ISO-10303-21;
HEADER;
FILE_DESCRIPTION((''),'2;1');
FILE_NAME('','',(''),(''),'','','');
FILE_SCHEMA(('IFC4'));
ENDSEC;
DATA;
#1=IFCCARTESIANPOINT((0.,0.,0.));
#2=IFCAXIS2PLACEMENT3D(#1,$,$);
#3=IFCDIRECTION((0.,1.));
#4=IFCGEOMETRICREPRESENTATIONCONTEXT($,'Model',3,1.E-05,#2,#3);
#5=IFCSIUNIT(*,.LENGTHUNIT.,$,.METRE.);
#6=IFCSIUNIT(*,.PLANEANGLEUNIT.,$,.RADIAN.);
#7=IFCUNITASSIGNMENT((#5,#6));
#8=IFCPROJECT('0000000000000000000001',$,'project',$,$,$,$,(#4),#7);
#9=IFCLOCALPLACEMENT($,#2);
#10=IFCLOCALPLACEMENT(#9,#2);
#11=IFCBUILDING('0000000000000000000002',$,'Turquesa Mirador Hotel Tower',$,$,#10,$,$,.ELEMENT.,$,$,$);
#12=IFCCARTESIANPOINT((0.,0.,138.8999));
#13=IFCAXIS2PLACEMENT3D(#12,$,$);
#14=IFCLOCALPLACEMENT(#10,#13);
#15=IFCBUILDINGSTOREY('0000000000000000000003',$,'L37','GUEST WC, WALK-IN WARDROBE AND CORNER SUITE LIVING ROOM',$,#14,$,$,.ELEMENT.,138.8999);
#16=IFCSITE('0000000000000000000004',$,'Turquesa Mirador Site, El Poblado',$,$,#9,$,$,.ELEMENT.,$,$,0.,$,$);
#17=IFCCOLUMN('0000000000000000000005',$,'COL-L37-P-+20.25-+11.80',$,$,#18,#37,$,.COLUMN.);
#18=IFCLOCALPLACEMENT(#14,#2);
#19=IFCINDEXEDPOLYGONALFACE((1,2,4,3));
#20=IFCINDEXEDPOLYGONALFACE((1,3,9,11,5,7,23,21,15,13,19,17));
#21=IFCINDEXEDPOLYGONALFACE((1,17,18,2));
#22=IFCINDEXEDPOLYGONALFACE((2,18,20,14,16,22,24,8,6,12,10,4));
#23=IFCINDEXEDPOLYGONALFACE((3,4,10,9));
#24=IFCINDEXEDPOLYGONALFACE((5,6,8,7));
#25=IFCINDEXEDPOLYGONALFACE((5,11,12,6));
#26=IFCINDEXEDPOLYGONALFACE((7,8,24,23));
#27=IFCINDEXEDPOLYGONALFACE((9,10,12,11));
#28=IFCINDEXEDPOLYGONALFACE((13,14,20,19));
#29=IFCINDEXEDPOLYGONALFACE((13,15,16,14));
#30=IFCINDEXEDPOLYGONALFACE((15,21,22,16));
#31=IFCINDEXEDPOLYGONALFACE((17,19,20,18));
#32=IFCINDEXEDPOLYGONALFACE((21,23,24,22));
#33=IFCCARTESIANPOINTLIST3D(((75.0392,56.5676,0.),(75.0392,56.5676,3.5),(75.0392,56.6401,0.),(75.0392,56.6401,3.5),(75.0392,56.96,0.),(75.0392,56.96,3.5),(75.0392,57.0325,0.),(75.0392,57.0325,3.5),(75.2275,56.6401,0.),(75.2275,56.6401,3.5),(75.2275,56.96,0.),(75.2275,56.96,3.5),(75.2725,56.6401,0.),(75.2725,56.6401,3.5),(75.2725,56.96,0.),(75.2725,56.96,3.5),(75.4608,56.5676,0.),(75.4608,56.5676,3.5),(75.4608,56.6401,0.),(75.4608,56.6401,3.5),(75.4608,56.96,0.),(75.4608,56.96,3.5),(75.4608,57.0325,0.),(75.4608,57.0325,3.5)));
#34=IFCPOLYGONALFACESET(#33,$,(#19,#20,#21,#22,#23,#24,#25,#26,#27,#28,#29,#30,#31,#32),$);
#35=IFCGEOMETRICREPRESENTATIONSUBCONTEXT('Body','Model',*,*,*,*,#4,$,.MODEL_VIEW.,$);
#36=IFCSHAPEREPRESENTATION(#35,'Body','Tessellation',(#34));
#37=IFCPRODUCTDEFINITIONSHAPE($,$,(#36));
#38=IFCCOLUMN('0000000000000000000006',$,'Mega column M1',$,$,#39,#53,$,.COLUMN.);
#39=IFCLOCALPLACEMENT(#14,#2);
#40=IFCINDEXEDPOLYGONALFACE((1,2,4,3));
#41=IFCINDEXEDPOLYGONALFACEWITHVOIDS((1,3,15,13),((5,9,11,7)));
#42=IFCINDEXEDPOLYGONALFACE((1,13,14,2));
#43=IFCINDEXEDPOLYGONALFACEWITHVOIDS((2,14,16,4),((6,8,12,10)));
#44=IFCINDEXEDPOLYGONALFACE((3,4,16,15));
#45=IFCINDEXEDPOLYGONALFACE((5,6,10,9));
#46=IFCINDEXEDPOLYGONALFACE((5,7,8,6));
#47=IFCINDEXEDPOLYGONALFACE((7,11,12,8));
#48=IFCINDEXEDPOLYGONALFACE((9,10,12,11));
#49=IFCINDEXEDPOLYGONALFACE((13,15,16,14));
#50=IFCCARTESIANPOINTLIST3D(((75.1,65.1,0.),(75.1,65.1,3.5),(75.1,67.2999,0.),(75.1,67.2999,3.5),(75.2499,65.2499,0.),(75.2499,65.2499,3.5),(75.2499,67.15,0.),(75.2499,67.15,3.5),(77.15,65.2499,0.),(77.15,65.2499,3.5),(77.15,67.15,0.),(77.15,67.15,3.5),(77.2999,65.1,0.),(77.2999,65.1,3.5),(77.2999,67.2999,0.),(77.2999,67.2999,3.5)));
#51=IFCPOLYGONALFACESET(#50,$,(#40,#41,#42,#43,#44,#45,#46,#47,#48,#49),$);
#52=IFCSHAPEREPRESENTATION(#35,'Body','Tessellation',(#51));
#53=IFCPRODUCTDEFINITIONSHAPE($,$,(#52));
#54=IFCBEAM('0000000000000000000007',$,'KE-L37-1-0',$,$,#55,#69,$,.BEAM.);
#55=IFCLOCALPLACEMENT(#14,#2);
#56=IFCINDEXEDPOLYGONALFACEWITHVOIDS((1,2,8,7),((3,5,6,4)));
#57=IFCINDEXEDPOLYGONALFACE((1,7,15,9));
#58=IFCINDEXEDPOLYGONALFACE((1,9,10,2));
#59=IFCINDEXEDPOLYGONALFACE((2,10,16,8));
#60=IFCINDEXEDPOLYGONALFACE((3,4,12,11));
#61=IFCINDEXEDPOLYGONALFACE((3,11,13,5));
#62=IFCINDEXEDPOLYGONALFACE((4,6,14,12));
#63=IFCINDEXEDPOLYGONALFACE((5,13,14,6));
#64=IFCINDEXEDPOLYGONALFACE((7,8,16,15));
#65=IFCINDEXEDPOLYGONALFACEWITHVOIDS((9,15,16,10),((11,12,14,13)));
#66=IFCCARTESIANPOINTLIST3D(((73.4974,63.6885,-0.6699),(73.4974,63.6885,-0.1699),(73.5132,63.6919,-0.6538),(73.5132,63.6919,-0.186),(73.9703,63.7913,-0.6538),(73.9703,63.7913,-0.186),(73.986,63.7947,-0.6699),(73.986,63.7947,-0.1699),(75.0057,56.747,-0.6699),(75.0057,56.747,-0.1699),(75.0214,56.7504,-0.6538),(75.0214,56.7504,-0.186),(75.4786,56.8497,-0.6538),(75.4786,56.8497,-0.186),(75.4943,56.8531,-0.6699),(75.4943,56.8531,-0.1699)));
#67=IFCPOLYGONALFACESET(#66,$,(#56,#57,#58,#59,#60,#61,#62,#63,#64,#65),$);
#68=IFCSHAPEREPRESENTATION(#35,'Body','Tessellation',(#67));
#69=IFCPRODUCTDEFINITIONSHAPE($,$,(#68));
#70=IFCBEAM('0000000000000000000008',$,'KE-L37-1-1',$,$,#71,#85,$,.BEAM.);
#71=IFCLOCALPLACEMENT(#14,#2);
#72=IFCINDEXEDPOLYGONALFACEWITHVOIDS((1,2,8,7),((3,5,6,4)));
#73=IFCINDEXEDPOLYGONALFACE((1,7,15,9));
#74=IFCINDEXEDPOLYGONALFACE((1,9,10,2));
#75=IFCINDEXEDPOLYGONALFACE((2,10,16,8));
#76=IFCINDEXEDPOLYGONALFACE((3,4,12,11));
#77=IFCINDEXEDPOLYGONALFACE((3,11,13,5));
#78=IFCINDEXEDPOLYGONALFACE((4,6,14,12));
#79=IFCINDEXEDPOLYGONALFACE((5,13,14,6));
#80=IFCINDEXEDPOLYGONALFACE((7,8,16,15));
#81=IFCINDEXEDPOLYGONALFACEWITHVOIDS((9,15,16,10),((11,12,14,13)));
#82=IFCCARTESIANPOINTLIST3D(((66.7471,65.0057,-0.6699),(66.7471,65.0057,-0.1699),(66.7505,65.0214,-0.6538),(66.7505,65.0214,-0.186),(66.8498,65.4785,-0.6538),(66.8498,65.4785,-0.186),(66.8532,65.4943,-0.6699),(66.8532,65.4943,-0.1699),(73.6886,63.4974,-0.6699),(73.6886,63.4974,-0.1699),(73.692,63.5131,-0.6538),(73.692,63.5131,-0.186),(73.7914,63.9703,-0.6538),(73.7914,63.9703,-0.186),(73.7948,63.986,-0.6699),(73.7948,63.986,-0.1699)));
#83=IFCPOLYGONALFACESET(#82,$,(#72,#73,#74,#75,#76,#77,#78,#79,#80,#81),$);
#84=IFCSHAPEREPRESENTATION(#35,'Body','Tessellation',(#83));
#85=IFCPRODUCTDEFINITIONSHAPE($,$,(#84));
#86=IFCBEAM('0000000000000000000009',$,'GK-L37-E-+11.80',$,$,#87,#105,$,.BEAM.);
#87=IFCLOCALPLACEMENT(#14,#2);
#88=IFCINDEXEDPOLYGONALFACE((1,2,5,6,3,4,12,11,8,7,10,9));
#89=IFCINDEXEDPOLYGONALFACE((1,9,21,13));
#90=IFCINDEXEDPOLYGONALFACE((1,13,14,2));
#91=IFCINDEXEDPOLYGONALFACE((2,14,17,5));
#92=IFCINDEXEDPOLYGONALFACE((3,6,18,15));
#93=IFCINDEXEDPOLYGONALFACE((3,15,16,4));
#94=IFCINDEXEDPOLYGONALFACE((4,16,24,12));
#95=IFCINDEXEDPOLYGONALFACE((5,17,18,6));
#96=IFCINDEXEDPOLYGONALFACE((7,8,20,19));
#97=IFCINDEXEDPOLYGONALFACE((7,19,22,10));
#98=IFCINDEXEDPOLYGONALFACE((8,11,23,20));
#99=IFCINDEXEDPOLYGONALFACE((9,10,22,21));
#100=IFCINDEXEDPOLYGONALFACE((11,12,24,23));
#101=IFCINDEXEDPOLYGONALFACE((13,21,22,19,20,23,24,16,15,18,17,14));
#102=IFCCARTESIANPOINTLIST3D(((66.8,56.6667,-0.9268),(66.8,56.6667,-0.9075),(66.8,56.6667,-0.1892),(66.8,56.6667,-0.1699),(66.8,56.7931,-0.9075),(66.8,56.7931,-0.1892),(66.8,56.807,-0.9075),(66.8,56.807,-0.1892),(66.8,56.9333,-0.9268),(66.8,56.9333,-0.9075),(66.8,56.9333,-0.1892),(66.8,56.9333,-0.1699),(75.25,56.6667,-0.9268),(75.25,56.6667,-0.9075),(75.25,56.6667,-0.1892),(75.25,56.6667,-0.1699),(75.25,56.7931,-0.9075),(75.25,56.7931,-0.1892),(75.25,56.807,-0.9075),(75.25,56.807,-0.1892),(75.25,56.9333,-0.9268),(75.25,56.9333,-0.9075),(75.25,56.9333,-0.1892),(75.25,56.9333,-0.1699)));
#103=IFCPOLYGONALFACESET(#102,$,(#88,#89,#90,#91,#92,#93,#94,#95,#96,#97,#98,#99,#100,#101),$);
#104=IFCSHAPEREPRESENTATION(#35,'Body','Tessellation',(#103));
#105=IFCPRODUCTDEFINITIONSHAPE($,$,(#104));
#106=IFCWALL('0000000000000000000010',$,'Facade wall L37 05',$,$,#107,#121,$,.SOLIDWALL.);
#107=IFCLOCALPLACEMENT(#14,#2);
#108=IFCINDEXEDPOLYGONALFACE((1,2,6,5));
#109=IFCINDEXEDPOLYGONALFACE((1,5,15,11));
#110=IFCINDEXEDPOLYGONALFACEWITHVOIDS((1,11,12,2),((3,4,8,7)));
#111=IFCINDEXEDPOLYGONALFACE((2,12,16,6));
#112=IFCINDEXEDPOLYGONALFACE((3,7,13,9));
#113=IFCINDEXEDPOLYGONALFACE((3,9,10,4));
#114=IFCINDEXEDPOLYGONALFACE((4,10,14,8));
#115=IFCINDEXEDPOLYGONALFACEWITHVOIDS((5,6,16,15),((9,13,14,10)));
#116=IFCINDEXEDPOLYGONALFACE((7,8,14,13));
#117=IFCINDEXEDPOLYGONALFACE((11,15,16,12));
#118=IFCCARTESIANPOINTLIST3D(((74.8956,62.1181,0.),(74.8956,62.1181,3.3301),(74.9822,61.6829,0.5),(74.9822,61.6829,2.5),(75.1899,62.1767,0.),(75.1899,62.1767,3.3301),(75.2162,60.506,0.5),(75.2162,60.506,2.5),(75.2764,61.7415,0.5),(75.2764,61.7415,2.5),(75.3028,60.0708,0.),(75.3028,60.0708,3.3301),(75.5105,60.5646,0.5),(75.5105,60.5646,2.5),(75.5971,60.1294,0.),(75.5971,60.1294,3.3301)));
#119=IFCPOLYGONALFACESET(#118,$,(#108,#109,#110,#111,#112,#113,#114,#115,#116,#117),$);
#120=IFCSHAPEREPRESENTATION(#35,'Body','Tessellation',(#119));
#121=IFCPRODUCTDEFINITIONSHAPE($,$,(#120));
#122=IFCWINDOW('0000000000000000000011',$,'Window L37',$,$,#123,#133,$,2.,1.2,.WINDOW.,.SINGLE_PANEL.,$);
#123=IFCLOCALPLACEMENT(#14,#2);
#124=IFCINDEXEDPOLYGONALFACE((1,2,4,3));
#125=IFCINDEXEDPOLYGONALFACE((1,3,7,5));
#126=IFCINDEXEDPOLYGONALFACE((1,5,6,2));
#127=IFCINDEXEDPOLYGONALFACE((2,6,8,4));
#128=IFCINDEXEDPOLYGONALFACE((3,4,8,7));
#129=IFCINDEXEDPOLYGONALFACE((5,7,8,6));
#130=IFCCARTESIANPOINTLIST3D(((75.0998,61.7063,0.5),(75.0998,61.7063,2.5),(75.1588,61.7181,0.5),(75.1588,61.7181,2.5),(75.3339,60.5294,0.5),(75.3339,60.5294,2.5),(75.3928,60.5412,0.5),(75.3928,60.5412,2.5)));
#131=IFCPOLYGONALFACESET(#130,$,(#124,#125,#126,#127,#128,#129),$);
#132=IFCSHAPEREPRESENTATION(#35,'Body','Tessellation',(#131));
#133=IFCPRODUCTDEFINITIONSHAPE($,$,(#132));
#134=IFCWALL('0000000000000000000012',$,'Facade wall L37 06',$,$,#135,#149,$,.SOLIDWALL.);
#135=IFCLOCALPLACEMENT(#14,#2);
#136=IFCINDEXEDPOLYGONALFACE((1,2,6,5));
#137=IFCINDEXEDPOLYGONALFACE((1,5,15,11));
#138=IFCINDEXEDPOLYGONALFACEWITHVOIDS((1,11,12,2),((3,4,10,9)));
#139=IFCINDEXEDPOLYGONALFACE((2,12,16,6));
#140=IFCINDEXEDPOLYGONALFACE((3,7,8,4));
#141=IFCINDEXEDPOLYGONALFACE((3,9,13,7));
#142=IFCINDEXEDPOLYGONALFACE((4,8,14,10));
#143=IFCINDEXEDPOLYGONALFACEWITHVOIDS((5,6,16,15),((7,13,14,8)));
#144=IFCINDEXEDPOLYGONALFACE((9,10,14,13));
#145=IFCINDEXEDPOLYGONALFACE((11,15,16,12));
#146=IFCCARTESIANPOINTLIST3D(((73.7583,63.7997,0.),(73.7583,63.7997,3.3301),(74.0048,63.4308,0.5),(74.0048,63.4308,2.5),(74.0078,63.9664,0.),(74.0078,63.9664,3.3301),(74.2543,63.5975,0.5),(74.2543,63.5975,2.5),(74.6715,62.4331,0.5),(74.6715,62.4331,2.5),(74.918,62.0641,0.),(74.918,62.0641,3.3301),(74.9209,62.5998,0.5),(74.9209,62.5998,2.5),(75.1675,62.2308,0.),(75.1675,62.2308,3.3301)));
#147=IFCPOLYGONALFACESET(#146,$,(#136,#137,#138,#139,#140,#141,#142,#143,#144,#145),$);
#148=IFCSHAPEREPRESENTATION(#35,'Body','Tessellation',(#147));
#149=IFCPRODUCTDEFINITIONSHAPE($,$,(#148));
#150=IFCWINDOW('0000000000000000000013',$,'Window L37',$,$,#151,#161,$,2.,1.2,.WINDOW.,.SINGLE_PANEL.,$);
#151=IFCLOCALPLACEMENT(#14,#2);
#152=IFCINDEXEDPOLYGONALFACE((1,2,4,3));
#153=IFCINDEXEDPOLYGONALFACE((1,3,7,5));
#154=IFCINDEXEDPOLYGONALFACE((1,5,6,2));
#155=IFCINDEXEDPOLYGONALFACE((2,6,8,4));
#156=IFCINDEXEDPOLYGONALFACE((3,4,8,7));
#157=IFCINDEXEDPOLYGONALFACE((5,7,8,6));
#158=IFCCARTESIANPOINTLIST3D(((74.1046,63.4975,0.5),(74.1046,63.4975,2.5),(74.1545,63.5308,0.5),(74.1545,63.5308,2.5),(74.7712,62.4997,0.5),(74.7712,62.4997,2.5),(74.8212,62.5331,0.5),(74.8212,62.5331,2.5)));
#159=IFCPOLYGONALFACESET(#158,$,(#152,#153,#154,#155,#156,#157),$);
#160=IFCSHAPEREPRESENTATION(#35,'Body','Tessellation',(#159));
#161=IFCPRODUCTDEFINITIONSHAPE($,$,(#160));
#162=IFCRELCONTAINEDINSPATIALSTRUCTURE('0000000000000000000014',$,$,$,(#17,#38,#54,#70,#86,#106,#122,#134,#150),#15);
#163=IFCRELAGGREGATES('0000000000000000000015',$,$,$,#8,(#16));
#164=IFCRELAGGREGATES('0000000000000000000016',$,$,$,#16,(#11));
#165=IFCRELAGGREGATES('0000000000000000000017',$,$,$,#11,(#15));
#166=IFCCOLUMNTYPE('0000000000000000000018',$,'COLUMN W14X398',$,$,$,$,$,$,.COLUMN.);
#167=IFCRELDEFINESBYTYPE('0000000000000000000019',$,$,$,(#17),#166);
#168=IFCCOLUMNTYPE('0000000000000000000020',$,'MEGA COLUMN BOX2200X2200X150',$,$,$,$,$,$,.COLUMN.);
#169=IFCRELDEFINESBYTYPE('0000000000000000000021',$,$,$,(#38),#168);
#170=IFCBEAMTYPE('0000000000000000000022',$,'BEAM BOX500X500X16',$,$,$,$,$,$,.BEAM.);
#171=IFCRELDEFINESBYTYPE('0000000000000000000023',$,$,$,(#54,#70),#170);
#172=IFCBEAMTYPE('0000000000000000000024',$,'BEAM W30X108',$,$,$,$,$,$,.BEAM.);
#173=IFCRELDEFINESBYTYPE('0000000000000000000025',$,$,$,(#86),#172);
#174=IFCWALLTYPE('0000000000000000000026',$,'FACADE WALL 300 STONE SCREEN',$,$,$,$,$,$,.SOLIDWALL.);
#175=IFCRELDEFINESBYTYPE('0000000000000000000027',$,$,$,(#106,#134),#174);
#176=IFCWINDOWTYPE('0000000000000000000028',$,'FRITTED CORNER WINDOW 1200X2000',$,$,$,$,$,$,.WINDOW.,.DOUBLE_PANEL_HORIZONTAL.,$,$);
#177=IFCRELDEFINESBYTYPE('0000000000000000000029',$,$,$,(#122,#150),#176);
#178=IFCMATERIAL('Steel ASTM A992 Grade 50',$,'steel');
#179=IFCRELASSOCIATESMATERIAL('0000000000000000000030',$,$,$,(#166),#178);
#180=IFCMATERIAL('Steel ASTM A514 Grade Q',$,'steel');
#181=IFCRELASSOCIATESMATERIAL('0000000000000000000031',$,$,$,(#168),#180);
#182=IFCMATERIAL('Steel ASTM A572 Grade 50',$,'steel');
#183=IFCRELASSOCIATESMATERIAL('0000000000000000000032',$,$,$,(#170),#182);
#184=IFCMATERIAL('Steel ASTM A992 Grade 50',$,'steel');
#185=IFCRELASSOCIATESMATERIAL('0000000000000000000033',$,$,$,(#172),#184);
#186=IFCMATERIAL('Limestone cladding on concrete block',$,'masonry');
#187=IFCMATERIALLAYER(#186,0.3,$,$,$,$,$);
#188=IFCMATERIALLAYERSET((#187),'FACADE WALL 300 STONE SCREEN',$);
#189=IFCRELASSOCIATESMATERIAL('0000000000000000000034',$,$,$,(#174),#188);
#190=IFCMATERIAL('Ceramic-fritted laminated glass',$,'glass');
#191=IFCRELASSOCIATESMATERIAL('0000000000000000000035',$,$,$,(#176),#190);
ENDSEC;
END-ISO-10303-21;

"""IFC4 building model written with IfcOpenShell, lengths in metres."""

from ifc_helpers import new_model, si_unit, direction, frame, frame_2d, origin, origin_2d, place, context, subcontext, project, spatial, rectangle, hollow_rectangle, i_section, extrude, material, layer, layer_set, material_profile, profile_set, type_object, element, fill, save


model = new_model("IFC4")

# Units and contexts
model_context = context("Model", 3, precision=1e-05, world=origin(), true_north=direction((0.0, 1.0)))
body_context = subcontext(model_context, "Body", "Model", "MODEL_VIEW")
ifc_project = project(units=[si_unit("LENGTHUNIT", "METRE"), si_unit("PLANEANGLEUNIT", "RADIAN")], contexts=[model_context])

# Site, building, storey
site_placement = place(None, origin())
site = spatial("IfcSite", under=ifc_project, at=site_placement, Name="Turquesa Mirador Site, El Poblado", CompositionType="ELEMENT", RefElevation=0.0)
building_placement = place(site_placement, origin())
building = spatial("IfcBuilding", under=site, at=building_placement, Name="Turquesa Mirador Hotel Tower", CompositionType="ELEMENT")
storey_placement = place(building_placement, frame((0.0, 0.0, 138.8999)))
storey = spatial("IfcBuildingStorey", under=building, at=storey_placement, Name="L37", Description="GUEST WC, WALK-IN WARDROBE AND CORNER SUITE LIVING ROOM", CompositionType="ELEMENT", Elevation=138.8999)

# Columns
ifc_material_1 = material(Name="Steel ASTM A992 Grade 50", Category="steel")
ifc_material_profile_1 = material_profile(ifc_material_1, i_section(OverallWidth=0.4216, OverallDepth=0.4648, WebThickness=0.0449, FlangeThickness=0.0725, at=origin_2d()), Name="W14X398")
ifc_profile_set_1 = profile_set([ifc_material_profile_1], Name="Steel ASTM A992 Grade 50")
column_type_1 = type_object("IfcColumnType", Name="COLUMN W14X398", PredefinedType="COLUMN", material=ifc_profile_set_1)
column_1_placement = place(storey_placement, frame((75.25, 56.8, 0.0), z_axis=(0.0, 0.0, 1.0), x_axis=(1.0, 0.0, 0.0)))
element("IfcColumn", 1, at=column_1_placement, inside=storey, type_object=column_type_1, Name="COL-L37-P-+20.25-+11.80", PredefinedType="COLUMN", context=body_context, shape_type="SweptSolid", body=[
    extrude(i_section(OverallWidth=0.4216, OverallDepth=0.4648, WebThickness=0.0449, FlangeThickness=0.0725, at=origin_2d()), origin(), (0.0, 0.0, 1.0), 3.5),
])
ifc_material_2 = material(Name="Steel ASTM A514 Grade Q", Category="steel")
ifc_material_profile_2 = material_profile(ifc_material_2, hollow_rectangle(XDim=2.2, YDim=2.2, WallThickness=0.1499, at=origin_2d()), Name="BOX2200X2200X150")
ifc_profile_set_2 = profile_set([ifc_material_profile_2], Name="Steel ASTM A514 Grade Q")
column_type_2 = type_object("IfcColumnType", Name="MEGA COLUMN BOX2200X2200X150", PredefinedType="COLUMN", material=ifc_profile_set_2)
column_2_placement = place(storey_placement, frame((76.2, 66.2, 0.0), z_axis=(0.0, 0.0, 1.0), x_axis=(1.0, 0.0, 0.0)))
element("IfcColumn", 2, at=column_2_placement, inside=storey, type_object=column_type_2, Name="Mega column M1", PredefinedType="COLUMN", context=body_context, shape_type="SweptSolid", body=[
    extrude(hollow_rectangle(XDim=2.2, YDim=2.2, WallThickness=0.1499, at=origin_2d()), origin(), (0.0, 0.0, 1.0), 3.5),
])

# Beams
ifc_material_3 = material(Name="Steel ASTM A572 Grade 50", Category="steel")
ifc_material_profile_3 = material_profile(ifc_material_3, hollow_rectangle(XDim=0.5, YDim=0.5, WallThickness=0.0161, at=origin_2d()), Name="BOX500X500X16")
ifc_profile_set_3 = profile_set([ifc_material_profile_3], Name="Steel ASTM A572 Grade 50")
beam_type_1 = type_object("IfcBeamType", Name="BEAM BOX500X500X16", PredefinedType="BEAM", material=ifc_profile_set_3)
for number, where, z_axis, x_axis, name in (
    (3, (75.25, 56.8, -0.4199), (-0.212328, 0.977198, 0.0), (-0.977198, -0.212328, 0.0), "KE-L37-1-0"),
    (4, (73.7417, 63.7417, -0.4199), (-0.977198, 0.212328, 0.0), (-0.212328, -0.977198, 0.0), "KE-L37-1-1"),
):
    element("IfcBeam", number, at=place(storey_placement, frame(where, z_axis=z_axis, x_axis=x_axis)), inside=storey, type_object=beam_type_1, Name=name, PredefinedType="BEAM", context=body_context, shape_type="SweptSolid", body=[
        extrude(hollow_rectangle(XDim=0.5, YDim=0.5, WallThickness=0.0161, at=origin_2d()), origin(), (0.0, 0.0, 1.0), 7.1035),
    ])
ifc_material_4 = material(Name="Steel ASTM A992 Grade 50", Category="steel")
ifc_material_profile_4 = material_profile(ifc_material_4, i_section(OverallWidth=0.2666, OverallDepth=0.7568, WebThickness=0.0139, FlangeThickness=0.0193, at=origin_2d()), Name="W30X108")
ifc_profile_set_4 = profile_set([ifc_material_profile_4], Name="Steel ASTM A992 Grade 50")
beam_type_2 = type_object("IfcBeamType", Name="BEAM W30X108", PredefinedType="BEAM", material=ifc_profile_set_4)
beam_placement = place(storey_placement, frame((75.25, 56.8, -0.5483), z_axis=(-1.0, 0.0, 0.0), x_axis=(0.0, -1.0, 0.0)))
element("IfcBeam", 5, at=beam_placement, inside=storey, type_object=beam_type_2, Name="GK-L37-E-+11.80", PredefinedType="BEAM", context=body_context, shape_type="SweptSolid", body=[
    extrude(i_section(OverallWidth=0.2666, OverallDepth=0.7568, WebThickness=0.0139, FlangeThickness=0.0193, at=origin_2d()), origin(), (0.0, 0.0, 1.0), 8.45),
])

# Walls, openings, windows
ifc_material_5 = material(Name="Limestone cladding on concrete block", Category="masonry")
ifc_layer = layer(ifc_material_5, 0.3)
ifc_layer_set = layer_set([ifc_layer], Name="FACADE WALL 300 STONE SCREEN")
wall_type = type_object("IfcWallType", Name="FACADE WALL 300 STONE SCREEN", PredefinedType="SOLIDWALL", material=ifc_layer_set)
wall_1_placement = place(storey_placement, frame((75.45, 60.1001, 0.0), z_axis=(0.0, 0.0, 1.0), x_axis=(-0.195081, 0.980787, 0.0)))
wall_1 = element("IfcWall", 6, at=wall_1_placement, inside=storey, type_object=wall_type, Name="Facade wall L37 05", PredefinedType="SOLIDWALL", context=body_context, shape_type="SweptSolid", body=[
    extrude(rectangle(XDim=2.0874, YDim=0.3, at=frame_2d((1.0437, 0.0))), origin(), (0.0, 0.0, 1.0), 3.3301),
])
opening_1_placement = place(wall_1_placement, frame((0.4436, 0.0, 0.5)))
opening_1 = element("IfcOpeningElement", 7, at=opening_1_placement, cuts=wall_1, PredefinedType="OPENING", context=body_context, shape_type="SweptSolid", body=[
    extrude(rectangle(XDim=1.2, YDim=2.0, at=frame_2d((0.6001, 1.0))), frame((0.0, 0.1599, 0.0), z_axis=(0.0, -1.0, 0.0), x_axis=(1.0, 0.0, 0.0)), (0.0, 0.0, 1.0), 0.3201),
])
ifc_material_6 = material(Name="Ceramic-fritted laminated glass", Category="glass")
window_type = type_object("IfcWindowType", Name="FRITTED CORNER WINDOW 1200X2000", PartitioningType="DOUBLE_PANEL_HORIZONTAL", PredefinedType="WINDOW", material=ifc_material_6)
window_1_placement = place(opening_1_placement, origin())
window_1 = element("IfcWindow", 8, at=window_1_placement, inside=storey, type_object=window_type, Name="Window L37", OverallHeight=2.0, OverallWidth=1.2, PartitioningType="SINGLE_PANEL", PredefinedType="WINDOW", context=body_context, shape_type="SweptSolid", body=[
    extrude(rectangle(XDim=1.2, YDim=2.0, at=frame_2d((0.6001, 1.0))), frame((0.0, 0.03, 0.0), z_axis=(0.0, -1.0, 0.0), x_axis=(1.0, 0.0, 0.0)), (0.0, 0.0, 1.0), 0.0601),
])
fill(opening_1, window_1)
wall_2_placement = place(storey_placement, frame((75.0427, 62.1475, 0.0), z_axis=(0.0, 0.0, 1.0), x_axis=(-0.555564, 0.831474, 0.0)))
wall_2 = element("IfcWall", 9, at=wall_2_placement, inside=storey, type_object=wall_type, Name="Facade wall L37 06", PredefinedType="SOLIDWALL", context=body_context, shape_type="SweptSolid", body=[
    extrude(rectangle(XDim=2.0874, YDim=0.3, at=frame_2d((1.0437, 0.0))), origin(), (0.0, 0.0, 1.0), 3.3301),
])
opening_2_placement = place(wall_2_placement, frame((0.4436, 0.0, 0.5)))
opening_2 = element("IfcOpeningElement", 10, at=opening_2_placement, cuts=wall_2, PredefinedType="OPENING", context=body_context, shape_type="SweptSolid", body=[
    extrude(rectangle(XDim=1.2, YDim=2.0, at=frame_2d((0.6001, 1.0))), frame((0.0, 0.1599, 0.0), z_axis=(0.0, -1.0, 0.0), x_axis=(1.0, 0.0, 0.0)), (0.0, 0.0, 1.0), 0.3201),
])
window_2_placement = place(opening_2_placement, origin())
window_2 = element("IfcWindow", 11, at=window_2_placement, inside=storey, type_object=window_type, Name="Window L37", OverallHeight=2.0, OverallWidth=1.2, PartitioningType="SINGLE_PANEL", PredefinedType="WINDOW", context=body_context, shape_type="SweptSolid", body=[
    extrude(rectangle(XDim=1.2, YDim=2.0, at=frame_2d((0.6001, 1.0))), frame((0.0, 0.03, 0.0), z_axis=(0.0, -1.0, 0.0), x_axis=(1.0, 0.0, 0.0)), (0.0, 0.0, 1.0), 0.0601),
])
fill(opening_2, window_2)

save(model, "model.ifc")
